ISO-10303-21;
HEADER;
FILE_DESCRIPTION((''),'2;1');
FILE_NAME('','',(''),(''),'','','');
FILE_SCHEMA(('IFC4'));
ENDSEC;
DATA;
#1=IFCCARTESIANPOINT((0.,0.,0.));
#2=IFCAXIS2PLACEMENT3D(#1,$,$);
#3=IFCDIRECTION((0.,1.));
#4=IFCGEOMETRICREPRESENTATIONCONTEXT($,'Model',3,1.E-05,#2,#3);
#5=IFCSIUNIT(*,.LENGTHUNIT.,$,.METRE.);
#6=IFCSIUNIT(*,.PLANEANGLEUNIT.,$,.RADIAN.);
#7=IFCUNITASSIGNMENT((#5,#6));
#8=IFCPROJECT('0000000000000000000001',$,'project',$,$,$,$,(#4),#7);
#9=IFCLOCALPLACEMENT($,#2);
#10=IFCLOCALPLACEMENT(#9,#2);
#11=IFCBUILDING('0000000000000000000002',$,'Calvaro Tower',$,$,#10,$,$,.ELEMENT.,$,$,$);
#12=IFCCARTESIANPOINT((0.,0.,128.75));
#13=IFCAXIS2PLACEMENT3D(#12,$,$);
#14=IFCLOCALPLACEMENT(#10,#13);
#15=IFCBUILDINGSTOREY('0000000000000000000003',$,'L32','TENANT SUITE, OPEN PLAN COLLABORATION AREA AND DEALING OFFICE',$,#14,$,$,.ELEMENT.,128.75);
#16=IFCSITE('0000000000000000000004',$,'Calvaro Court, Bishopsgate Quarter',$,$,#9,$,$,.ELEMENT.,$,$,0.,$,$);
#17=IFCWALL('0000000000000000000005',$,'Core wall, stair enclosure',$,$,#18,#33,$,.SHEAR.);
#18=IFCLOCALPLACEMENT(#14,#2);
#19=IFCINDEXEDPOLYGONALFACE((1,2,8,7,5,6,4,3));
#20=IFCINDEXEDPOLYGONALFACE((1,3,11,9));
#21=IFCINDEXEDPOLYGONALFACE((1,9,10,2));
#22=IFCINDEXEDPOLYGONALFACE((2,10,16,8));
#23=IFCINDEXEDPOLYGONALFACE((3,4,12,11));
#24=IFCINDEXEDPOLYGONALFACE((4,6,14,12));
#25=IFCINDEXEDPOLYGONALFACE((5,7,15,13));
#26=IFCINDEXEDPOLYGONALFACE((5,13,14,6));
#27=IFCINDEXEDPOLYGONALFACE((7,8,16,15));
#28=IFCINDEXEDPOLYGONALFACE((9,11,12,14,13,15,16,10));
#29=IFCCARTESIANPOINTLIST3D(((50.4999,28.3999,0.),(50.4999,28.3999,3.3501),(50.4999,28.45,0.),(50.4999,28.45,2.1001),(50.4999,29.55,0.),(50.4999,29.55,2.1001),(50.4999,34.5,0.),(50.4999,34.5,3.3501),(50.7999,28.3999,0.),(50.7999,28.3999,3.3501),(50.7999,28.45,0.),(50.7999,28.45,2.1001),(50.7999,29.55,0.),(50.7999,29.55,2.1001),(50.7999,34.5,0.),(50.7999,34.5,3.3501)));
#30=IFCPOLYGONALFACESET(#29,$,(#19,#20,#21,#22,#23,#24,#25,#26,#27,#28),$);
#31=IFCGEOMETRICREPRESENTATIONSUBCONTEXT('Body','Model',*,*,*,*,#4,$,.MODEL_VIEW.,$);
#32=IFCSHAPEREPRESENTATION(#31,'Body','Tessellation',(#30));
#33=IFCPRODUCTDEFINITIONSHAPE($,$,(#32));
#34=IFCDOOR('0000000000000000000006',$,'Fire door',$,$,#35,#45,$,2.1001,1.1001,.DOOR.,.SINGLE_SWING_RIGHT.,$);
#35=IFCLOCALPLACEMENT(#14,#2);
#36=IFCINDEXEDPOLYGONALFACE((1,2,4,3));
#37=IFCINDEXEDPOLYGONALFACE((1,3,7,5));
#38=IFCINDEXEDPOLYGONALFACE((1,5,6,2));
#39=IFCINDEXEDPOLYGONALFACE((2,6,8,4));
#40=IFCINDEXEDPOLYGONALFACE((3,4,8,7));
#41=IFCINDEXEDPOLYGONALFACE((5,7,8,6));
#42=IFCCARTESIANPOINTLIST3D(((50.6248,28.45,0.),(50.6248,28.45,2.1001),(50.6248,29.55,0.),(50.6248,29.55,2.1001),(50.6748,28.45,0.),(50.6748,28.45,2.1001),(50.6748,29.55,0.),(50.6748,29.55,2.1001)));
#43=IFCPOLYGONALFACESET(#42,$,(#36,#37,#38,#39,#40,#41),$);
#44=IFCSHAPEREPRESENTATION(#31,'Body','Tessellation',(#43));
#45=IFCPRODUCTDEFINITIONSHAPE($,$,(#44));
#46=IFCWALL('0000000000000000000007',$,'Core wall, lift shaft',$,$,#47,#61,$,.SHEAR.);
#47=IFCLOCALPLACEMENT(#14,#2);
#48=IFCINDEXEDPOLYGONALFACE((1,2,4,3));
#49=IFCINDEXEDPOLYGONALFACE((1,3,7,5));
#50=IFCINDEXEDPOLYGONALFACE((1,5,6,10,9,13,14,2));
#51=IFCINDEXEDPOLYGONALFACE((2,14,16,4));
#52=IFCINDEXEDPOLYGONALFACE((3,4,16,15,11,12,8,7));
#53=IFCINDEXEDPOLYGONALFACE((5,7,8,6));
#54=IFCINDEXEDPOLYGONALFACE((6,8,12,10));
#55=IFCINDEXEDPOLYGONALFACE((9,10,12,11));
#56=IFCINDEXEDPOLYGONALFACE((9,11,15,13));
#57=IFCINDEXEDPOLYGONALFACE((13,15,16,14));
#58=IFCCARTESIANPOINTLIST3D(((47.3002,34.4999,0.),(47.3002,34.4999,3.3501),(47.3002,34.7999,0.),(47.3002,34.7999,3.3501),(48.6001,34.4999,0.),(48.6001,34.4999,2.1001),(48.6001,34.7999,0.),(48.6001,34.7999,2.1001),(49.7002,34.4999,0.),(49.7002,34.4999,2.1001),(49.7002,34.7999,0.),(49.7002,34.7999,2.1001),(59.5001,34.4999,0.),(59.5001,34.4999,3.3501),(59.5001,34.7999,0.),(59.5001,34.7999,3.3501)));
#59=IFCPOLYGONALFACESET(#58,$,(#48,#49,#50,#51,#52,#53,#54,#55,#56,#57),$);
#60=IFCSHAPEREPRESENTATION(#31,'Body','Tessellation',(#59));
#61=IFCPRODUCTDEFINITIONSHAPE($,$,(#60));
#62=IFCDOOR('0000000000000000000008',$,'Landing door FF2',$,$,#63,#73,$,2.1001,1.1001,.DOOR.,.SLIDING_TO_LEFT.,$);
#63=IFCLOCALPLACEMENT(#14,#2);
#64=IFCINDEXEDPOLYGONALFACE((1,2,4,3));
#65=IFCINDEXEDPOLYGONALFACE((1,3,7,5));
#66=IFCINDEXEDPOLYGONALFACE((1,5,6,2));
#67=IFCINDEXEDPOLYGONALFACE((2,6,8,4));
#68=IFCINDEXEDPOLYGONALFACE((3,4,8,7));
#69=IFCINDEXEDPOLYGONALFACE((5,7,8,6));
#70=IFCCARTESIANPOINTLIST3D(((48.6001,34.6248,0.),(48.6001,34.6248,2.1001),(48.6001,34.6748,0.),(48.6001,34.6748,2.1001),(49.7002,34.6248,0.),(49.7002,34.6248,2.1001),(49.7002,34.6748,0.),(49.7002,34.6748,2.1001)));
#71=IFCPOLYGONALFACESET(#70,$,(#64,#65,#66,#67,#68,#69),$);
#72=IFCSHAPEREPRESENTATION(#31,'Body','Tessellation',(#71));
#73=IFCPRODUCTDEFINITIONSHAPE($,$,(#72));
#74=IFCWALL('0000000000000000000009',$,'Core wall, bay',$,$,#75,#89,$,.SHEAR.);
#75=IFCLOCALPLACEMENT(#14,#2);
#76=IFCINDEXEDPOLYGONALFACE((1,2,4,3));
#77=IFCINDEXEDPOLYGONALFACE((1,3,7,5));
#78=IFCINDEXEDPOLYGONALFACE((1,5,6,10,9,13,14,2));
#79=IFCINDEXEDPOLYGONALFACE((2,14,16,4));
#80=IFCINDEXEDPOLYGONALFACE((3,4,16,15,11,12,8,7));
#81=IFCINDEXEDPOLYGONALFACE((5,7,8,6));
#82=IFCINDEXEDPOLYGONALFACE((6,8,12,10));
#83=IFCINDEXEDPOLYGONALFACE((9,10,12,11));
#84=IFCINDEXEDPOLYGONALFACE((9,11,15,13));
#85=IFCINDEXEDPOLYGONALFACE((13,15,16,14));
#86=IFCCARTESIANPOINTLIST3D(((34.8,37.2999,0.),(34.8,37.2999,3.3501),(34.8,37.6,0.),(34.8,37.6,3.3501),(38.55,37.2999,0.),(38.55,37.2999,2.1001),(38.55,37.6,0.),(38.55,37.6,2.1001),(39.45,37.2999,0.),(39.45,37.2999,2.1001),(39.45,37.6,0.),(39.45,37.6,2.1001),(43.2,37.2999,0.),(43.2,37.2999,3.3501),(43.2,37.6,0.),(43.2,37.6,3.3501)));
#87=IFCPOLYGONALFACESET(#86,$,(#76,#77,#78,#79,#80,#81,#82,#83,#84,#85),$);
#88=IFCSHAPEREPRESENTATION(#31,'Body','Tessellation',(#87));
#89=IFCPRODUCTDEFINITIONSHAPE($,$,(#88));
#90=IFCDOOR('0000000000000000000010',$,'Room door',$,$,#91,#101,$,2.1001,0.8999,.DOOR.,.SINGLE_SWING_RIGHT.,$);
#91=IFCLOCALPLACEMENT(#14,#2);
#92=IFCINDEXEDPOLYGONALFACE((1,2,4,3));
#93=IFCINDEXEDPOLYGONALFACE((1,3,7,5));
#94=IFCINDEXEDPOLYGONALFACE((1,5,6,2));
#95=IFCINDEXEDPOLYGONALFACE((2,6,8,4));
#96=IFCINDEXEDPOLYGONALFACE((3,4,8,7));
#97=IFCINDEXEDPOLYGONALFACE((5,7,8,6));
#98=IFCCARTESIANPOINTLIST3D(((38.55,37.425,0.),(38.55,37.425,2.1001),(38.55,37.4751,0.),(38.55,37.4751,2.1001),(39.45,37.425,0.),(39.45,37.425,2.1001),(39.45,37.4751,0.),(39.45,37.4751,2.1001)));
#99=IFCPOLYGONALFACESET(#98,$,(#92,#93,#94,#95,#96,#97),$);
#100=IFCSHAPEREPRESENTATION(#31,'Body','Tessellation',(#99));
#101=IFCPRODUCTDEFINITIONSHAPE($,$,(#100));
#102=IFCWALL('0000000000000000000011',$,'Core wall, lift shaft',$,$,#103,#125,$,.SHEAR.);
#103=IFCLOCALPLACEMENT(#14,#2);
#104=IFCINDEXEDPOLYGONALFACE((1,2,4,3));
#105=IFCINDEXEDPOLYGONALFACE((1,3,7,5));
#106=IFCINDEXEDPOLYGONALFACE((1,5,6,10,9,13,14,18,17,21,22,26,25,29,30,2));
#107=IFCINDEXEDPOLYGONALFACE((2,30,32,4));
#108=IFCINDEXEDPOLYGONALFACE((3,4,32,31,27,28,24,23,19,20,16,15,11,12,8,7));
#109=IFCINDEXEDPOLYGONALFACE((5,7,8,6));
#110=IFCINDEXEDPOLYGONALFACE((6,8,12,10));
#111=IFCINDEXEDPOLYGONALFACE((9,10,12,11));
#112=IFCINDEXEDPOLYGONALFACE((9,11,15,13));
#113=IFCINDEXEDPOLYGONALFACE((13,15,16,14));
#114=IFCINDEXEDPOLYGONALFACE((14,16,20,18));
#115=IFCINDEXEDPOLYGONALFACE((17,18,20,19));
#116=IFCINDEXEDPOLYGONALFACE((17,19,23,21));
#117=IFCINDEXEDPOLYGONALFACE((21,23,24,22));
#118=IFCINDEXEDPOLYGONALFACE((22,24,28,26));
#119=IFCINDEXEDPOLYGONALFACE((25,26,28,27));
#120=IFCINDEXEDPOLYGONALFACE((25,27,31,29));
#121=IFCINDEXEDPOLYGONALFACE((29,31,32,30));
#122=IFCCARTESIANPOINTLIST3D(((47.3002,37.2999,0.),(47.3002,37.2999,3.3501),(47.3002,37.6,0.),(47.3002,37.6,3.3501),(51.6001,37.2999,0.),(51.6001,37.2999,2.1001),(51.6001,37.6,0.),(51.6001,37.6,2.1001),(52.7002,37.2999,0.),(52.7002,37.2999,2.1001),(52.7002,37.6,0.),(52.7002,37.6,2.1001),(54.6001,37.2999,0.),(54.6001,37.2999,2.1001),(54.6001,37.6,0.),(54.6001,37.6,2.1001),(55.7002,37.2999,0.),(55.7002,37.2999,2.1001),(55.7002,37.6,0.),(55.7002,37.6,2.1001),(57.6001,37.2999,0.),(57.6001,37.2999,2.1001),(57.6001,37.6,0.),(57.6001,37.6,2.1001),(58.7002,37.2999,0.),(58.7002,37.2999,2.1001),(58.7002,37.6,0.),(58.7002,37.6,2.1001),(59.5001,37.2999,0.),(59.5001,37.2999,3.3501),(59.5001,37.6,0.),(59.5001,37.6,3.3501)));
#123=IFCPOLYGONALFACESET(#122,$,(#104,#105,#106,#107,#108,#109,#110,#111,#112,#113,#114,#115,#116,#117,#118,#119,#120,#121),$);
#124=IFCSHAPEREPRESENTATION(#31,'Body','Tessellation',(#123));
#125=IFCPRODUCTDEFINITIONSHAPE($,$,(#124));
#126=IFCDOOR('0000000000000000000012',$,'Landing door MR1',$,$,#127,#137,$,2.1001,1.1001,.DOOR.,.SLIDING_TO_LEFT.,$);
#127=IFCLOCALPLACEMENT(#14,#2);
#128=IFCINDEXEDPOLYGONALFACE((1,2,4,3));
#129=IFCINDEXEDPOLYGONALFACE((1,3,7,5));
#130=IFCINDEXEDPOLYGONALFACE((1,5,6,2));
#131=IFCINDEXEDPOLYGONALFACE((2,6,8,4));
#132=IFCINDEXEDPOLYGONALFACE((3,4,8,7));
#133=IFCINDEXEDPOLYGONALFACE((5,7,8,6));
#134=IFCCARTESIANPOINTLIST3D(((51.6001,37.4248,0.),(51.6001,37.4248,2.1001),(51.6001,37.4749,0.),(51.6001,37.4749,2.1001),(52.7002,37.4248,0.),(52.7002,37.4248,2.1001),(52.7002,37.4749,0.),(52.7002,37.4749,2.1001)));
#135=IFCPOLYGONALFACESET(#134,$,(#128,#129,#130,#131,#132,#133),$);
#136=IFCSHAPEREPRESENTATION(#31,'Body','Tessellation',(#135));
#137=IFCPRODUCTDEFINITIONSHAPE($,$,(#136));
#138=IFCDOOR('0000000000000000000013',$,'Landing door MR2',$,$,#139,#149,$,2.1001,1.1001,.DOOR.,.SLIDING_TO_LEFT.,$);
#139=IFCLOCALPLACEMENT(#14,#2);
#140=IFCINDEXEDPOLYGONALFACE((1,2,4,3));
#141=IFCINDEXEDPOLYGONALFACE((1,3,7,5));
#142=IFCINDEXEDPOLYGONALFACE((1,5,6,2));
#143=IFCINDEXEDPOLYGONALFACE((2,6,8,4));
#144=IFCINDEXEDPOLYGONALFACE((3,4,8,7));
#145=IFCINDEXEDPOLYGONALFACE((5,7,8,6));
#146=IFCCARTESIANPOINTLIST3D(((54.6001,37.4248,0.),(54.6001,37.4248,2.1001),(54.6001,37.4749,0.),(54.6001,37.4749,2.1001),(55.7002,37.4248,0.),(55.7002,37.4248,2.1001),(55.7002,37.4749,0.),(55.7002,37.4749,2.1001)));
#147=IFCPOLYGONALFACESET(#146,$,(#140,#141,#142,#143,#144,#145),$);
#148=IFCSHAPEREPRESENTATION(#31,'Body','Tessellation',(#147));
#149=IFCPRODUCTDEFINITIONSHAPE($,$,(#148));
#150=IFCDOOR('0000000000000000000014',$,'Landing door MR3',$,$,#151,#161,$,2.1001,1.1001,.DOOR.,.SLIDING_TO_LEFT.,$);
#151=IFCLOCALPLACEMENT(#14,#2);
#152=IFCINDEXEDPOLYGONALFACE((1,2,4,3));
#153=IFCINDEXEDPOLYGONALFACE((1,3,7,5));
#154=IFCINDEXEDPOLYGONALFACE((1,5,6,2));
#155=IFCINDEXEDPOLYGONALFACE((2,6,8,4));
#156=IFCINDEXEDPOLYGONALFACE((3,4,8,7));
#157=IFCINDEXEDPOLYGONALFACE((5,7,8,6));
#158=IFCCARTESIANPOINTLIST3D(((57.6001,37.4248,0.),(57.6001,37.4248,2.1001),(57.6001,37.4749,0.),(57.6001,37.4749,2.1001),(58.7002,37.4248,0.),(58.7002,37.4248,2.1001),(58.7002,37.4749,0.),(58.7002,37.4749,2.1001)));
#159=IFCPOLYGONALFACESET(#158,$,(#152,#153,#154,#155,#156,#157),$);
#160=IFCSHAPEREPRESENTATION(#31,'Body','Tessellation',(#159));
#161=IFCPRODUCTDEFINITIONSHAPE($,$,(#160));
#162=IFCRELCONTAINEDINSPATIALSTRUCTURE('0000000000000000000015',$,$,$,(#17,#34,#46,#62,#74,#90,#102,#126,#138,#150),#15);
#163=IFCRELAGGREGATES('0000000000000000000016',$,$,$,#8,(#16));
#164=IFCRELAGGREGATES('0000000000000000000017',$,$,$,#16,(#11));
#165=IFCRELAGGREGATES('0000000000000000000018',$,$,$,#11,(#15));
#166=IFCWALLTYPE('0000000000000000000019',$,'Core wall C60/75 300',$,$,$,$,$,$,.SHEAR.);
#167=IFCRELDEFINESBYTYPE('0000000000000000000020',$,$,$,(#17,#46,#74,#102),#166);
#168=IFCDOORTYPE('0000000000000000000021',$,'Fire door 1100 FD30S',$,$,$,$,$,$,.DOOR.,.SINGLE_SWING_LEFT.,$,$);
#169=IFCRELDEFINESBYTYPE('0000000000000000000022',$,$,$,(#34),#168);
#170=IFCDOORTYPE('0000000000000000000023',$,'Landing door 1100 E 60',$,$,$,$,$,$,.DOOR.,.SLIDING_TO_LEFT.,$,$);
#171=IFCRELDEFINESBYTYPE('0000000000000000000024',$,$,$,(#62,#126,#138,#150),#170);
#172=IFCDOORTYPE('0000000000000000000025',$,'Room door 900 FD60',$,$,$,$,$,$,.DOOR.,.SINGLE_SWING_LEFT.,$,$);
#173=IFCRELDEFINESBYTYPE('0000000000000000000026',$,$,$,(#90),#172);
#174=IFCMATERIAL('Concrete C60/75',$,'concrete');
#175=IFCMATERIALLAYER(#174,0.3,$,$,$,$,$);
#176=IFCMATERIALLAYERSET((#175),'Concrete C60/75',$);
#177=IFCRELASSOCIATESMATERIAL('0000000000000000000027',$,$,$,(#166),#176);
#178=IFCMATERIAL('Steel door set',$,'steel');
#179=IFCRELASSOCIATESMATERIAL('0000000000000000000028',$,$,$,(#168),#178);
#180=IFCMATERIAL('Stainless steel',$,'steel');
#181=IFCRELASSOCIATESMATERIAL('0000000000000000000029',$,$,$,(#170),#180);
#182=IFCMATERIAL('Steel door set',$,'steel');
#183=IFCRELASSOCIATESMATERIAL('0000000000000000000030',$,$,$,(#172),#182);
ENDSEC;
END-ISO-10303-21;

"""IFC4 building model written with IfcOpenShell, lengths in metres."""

from ifc_helpers import new_model, si_unit, direction, frame, frame_2d, origin, place, context, subcontext, project, spatial, rectangle, extrude, material, layer, layer_set, type_object, element, fill, save


model = new_model("IFC4")

# Units and contexts
model_context = context("Model", 3, precision=1e-05, world=origin(), true_north=direction((0.0, 1.0)))
body_context = subcontext(model_context, "Body", "Model", "MODEL_VIEW")
ifc_project = project(units=[si_unit("LENGTHUNIT", "METRE"), si_unit("PLANEANGLEUNIT", "RADIAN")], contexts=[model_context])

# Site, building, storey
site_placement = place(None, origin())
site = spatial("IfcSite", under=ifc_project, at=site_placement, Name="Calvaro Court, Bishopsgate Quarter", CompositionType="ELEMENT", RefElevation=0.0)
building_placement = place(site_placement, origin())
building = spatial("IfcBuilding", under=site, at=building_placement, Name="Calvaro Tower", CompositionType="ELEMENT")
storey_placement = place(building_placement, frame((0.0, 0.0, 128.75)))
storey = spatial("IfcBuildingStorey", under=building, at=storey_placement, Name="L32", Description="TENANT SUITE, OPEN PLAN COLLABORATION AREA AND DEALING OFFICE", CompositionType="ELEMENT", Elevation=128.75)

# Walls, openings, doors
ifc_material_1 = material(Name="Concrete C60/75", Category="concrete")
ifc_layer_1 = layer(ifc_material_1, 0.3)
ifc_layer_set_1 = layer_set([ifc_layer_1], Name="Concrete C60/75")
wall_type_1 = type_object("IfcWallType", Name="Core wall C60/75 300", PredefinedType="SHEAR", material=ifc_layer_set_1)
wall_1_placement = place(storey_placement, frame((50.6499, 34.5, 0.0), z_axis=(0.0, 0.0, 1.0), x_axis=(0.0, -1.0, 0.0)))
wall_1 = element("IfcWall", 1, at=wall_1_placement, inside=storey, type_object=wall_type_1, Name="Core wall, stair enclosure", PredefinedType="SHEAR", context=body_context, shape_type="SweptSolid", body=[
    extrude(rectangle(XDim=6.1001, YDim=0.3, at=frame_2d((3.05, 0.0))), origin(), (0.0, 0.0, 1.0), 3.3501),
])
opening_1_placement = place(wall_1_placement, frame((4.95, 0.0, 0.0)))
opening_1 = element("IfcOpeningElement", 2, at=opening_1_placement, cuts=wall_1, PredefinedType="OPENING", context=body_context, shape_type="SweptSolid", body=[
    extrude(rectangle(XDim=1.1001, YDim=2.1001, at=frame_2d((0.55, 1.05))), frame((0.0, 0.1599, 0.0), z_axis=(0.0, -1.0, 0.0), x_axis=(1.0, 0.0, 0.0)), (0.0, 0.0, 1.0), 0.3201),
])
ifc_material_2 = material(Name="Steel door set", Category="steel")
door_type_1 = type_object("IfcDoorType", Name="Fire door 1100 FD30S", OperationType="SINGLE_SWING_LEFT", PredefinedType="DOOR", material=ifc_material_2)
door_1_placement = place(opening_1_placement, origin())
door_1 = element("IfcDoor", 3, at=door_1_placement, inside=storey, type_object=door_type_1, Name="Fire door", OperationType="SINGLE_SWING_RIGHT", OverallHeight=2.1001, OverallWidth=1.1001, PredefinedType="DOOR", context=body_context, shape_type="SweptSolid", body=[
    extrude(rectangle(XDim=1.1001, YDim=2.1001, at=frame_2d((0.55, 1.05))), frame((0.0, 0.0249, 0.0), z_axis=(0.0, -1.0, 0.0), x_axis=(1.0, 0.0, 0.0)), (0.0, 0.0, 1.0), 0.05),
])
fill(opening_1, door_1)
wall_2_placement = place(storey_placement, frame((47.3, 34.6499, 0.0), z_axis=(0.0, 0.0, 1.0), x_axis=(1.0, 0.0, 0.0)))
wall_2 = element("IfcWall", 4, at=wall_2_placement, inside=storey, type_object=wall_type_1, Name="Core wall, lift shaft", PredefinedType="SHEAR", context=body_context, shape_type="SweptSolid", body=[
    extrude(rectangle(XDim=12.2, YDim=0.3, at=frame_2d((6.1001, 0.0))), origin(), (0.0, 0.0, 1.0), 3.3501),
])
opening_2_placement = place(wall_2_placement, frame((1.3, 0.0, 0.0)))
opening_2 = element("IfcOpeningElement", 5, at=opening_2_placement, cuts=wall_2, PredefinedType="OPENING", context=body_context, shape_type="SweptSolid", body=[
    extrude(rectangle(XDim=1.1001, YDim=2.1001, at=frame_2d((0.55, 1.05))), frame((0.0, 0.1599, 0.0), z_axis=(0.0, -1.0, 0.0), x_axis=(1.0, 0.0, 0.0)), (0.0, 0.0, 1.0), 0.3201),
])
ifc_material_3 = material(Name="Stainless steel", Category="steel")
door_type_2 = type_object("IfcDoorType", Name="Landing door 1100 E 60", OperationType="SLIDING_TO_LEFT", PredefinedType="DOOR", material=ifc_material_3)
door_2_placement = place(opening_2_placement, origin())
door_2 = element("IfcDoor", 6, at=door_2_placement, inside=storey, type_object=door_type_2, Name="Landing door FF2", OperationType="SLIDING_TO_LEFT", OverallHeight=2.1001, OverallWidth=1.1001, PredefinedType="DOOR", context=body_context, shape_type="SweptSolid", body=[
    extrude(rectangle(XDim=1.1001, YDim=2.1001, at=frame_2d((0.55, 1.05))), frame((0.0, 0.0249, 0.0), z_axis=(0.0, -1.0, 0.0), x_axis=(1.0, 0.0, 0.0)), (0.0, 0.0, 1.0), 0.05),
])
fill(opening_2, door_2)
wall_3_placement = place(storey_placement, frame((43.2, 37.45, 0.0), z_axis=(0.0, 0.0, 1.0), x_axis=(-1.0, 0.0, 0.0)))
wall_3 = element("IfcWall", 7, at=wall_3_placement, inside=storey, type_object=wall_type_1, Name="Core wall, bay", PredefinedType="SHEAR", context=body_context, shape_type="SweptSolid", body=[
    extrude(rectangle(XDim=8.3999, YDim=0.3, at=frame_2d((4.2, 0.0))), origin(), (0.0, 0.0, 1.0), 3.3501),
])
opening_3_placement = place(wall_3_placement, frame((3.75, 0.0, 0.0)))
opening_3 = element("IfcOpeningElement", 8, at=opening_3_placement, cuts=wall_3, PredefinedType="OPENING", context=body_context, shape_type="SweptSolid", body=[
    extrude(rectangle(XDim=0.8999, YDim=2.1001, at=frame_2d((0.45, 1.05))), frame((0.0, 0.1599, 0.0), z_axis=(0.0, -1.0, 0.0), x_axis=(1.0, 0.0, 0.0)), (0.0, 0.0, 1.0), 0.3201),
])
ifc_material_4 = material(Name="Steel door set", Category="steel")
door_type_3 = type_object("IfcDoorType", Name="Room door 900 FD60", OperationType="SINGLE_SWING_LEFT", PredefinedType="DOOR", material=ifc_material_4)
door_3_placement = place(opening_3_placement, origin())
door_3 = element("IfcDoor", 9, at=door_3_placement, inside=storey, type_object=door_type_3, Name="Room door", OperationType="SINGLE_SWING_RIGHT", OverallHeight=2.1001, OverallWidth=0.8999, PredefinedType="DOOR", context=body_context, shape_type="SweptSolid", body=[
    extrude(rectangle(XDim=0.8999, YDim=2.1001, at=frame_2d((0.45, 1.05))), frame((0.0, 0.0249, 0.0), z_axis=(0.0, -1.0, 0.0), x_axis=(1.0, 0.0, 0.0)), (0.0, 0.0, 1.0), 0.05),
])
fill(opening_3, door_3)

# Wall, openings, doors
wall_4_placement = place(storey_placement, frame((47.3, 37.45, 0.0), z_axis=(0.0, 0.0, 1.0), x_axis=(1.0, 0.0, 0.0)))
wall_4 = element("IfcWall", 10, at=wall_4_placement, inside=storey, type_object=wall_type_1, Name="Core wall, lift shaft", PredefinedType="SHEAR", context=body_context, shape_type="SweptSolid", body=[
    extrude(rectangle(XDim=12.2, YDim=0.3, at=frame_2d((6.1001, 0.0))), origin(), (0.0, 0.0, 1.0), 3.3501),
])
opening_4_placement = place(wall_4_placement, frame((4.3, 0.0, 0.0)))
opening_4 = element("IfcOpeningElement", 11, at=opening_4_placement, cuts=wall_4, PredefinedType="OPENING", context=body_context, shape_type="SweptSolid", body=[
    extrude(rectangle(XDim=1.1001, YDim=2.1001, at=frame_2d((0.55, 1.05))), frame((0.0, 0.1599, 0.0), z_axis=(0.0, -1.0, 0.0), x_axis=(1.0, 0.0, 0.0)), (0.0, 0.0, 1.0), 0.3201),
])
opening_5_placement = place(wall_4_placement, frame((7.3, 0.0, 0.0)))
opening_5 = element("IfcOpeningElement", 12, at=opening_5_placement, cuts=wall_4, PredefinedType="OPENING", context=body_context, shape_type="SweptSolid", body=[
    extrude(rectangle(XDim=1.1001, YDim=2.1001, at=frame_2d((0.55, 1.05))), frame((0.0, 0.1599, 0.0), z_axis=(0.0, -1.0, 0.0), x_axis=(1.0, 0.0, 0.0)), (0.0, 0.0, 1.0), 0.3201),
])
opening_6_placement = place(wall_4_placement, frame((10.3, 0.0, 0.0)))
opening_6 = element("IfcOpeningElement", 13, at=opening_6_placement, cuts=wall_4, PredefinedType="OPENING", context=body_context, shape_type="SweptSolid", body=[
    extrude(rectangle(XDim=1.1001, YDim=2.1001, at=frame_2d((0.55, 1.05))), frame((0.0, 0.1599, 0.0), z_axis=(0.0, -1.0, 0.0), x_axis=(1.0, 0.0, 0.0)), (0.0, 0.0, 1.0), 0.3201),
])
door_4_placement = place(opening_4_placement, origin())
door_4 = element("IfcDoor", 14, at=door_4_placement, inside=storey, type_object=door_type_2, Name="Landing door MR1", OperationType="SLIDING_TO_LEFT", OverallHeight=2.1001, OverallWidth=1.1001, PredefinedType="DOOR", context=body_context, shape_type="SweptSolid", body=[
    extrude(rectangle(XDim=1.1001, YDim=2.1001, at=frame_2d((0.55, 1.05))), frame((0.0, 0.0249, 0.0), z_axis=(0.0, -1.0, 0.0), x_axis=(1.0, 0.0, 0.0)), (0.0, 0.0, 1.0), 0.05),
])
fill(opening_4, door_4)
door_5_placement = place(opening_5_placement, origin())
door_5 = element("IfcDoor", 15, at=door_5_placement, inside=storey, type_object=door_type_2, Name="Landing door MR2", OperationType="SLIDING_TO_LEFT", OverallHeight=2.1001, OverallWidth=1.1001, PredefinedType="DOOR", context=body_context, shape_type="SweptSolid", body=[
    extrude(rectangle(XDim=1.1001, YDim=2.1001, at=frame_2d((0.55, 1.05))), frame((0.0, 0.0249, 0.0), z_axis=(0.0, -1.0, 0.0), x_axis=(1.0, 0.0, 0.0)), (0.0, 0.0, 1.0), 0.05),
])
fill(opening_5, door_5)
door_6_placement = place(opening_6_placement, origin())
door_6 = element("IfcDoor", 16, at=door_6_placement, inside=storey, type_object=door_type_2, Name="Landing door MR3", OperationType="SLIDING_TO_LEFT", OverallHeight=2.1001, OverallWidth=1.1001, PredefinedType="DOOR", context=body_context, shape_type="SweptSolid", body=[
    extrude(rectangle(XDim=1.1001, YDim=2.1001, at=frame_2d((0.55, 1.05))), frame((0.0, 0.0249, 0.0), z_axis=(0.0, -1.0, 0.0), x_axis=(1.0, 0.0, 0.0)), (0.0, 0.0, 1.0), 0.05),
])
fill(opening_6, door_6)

save(model, "model.ifc")
